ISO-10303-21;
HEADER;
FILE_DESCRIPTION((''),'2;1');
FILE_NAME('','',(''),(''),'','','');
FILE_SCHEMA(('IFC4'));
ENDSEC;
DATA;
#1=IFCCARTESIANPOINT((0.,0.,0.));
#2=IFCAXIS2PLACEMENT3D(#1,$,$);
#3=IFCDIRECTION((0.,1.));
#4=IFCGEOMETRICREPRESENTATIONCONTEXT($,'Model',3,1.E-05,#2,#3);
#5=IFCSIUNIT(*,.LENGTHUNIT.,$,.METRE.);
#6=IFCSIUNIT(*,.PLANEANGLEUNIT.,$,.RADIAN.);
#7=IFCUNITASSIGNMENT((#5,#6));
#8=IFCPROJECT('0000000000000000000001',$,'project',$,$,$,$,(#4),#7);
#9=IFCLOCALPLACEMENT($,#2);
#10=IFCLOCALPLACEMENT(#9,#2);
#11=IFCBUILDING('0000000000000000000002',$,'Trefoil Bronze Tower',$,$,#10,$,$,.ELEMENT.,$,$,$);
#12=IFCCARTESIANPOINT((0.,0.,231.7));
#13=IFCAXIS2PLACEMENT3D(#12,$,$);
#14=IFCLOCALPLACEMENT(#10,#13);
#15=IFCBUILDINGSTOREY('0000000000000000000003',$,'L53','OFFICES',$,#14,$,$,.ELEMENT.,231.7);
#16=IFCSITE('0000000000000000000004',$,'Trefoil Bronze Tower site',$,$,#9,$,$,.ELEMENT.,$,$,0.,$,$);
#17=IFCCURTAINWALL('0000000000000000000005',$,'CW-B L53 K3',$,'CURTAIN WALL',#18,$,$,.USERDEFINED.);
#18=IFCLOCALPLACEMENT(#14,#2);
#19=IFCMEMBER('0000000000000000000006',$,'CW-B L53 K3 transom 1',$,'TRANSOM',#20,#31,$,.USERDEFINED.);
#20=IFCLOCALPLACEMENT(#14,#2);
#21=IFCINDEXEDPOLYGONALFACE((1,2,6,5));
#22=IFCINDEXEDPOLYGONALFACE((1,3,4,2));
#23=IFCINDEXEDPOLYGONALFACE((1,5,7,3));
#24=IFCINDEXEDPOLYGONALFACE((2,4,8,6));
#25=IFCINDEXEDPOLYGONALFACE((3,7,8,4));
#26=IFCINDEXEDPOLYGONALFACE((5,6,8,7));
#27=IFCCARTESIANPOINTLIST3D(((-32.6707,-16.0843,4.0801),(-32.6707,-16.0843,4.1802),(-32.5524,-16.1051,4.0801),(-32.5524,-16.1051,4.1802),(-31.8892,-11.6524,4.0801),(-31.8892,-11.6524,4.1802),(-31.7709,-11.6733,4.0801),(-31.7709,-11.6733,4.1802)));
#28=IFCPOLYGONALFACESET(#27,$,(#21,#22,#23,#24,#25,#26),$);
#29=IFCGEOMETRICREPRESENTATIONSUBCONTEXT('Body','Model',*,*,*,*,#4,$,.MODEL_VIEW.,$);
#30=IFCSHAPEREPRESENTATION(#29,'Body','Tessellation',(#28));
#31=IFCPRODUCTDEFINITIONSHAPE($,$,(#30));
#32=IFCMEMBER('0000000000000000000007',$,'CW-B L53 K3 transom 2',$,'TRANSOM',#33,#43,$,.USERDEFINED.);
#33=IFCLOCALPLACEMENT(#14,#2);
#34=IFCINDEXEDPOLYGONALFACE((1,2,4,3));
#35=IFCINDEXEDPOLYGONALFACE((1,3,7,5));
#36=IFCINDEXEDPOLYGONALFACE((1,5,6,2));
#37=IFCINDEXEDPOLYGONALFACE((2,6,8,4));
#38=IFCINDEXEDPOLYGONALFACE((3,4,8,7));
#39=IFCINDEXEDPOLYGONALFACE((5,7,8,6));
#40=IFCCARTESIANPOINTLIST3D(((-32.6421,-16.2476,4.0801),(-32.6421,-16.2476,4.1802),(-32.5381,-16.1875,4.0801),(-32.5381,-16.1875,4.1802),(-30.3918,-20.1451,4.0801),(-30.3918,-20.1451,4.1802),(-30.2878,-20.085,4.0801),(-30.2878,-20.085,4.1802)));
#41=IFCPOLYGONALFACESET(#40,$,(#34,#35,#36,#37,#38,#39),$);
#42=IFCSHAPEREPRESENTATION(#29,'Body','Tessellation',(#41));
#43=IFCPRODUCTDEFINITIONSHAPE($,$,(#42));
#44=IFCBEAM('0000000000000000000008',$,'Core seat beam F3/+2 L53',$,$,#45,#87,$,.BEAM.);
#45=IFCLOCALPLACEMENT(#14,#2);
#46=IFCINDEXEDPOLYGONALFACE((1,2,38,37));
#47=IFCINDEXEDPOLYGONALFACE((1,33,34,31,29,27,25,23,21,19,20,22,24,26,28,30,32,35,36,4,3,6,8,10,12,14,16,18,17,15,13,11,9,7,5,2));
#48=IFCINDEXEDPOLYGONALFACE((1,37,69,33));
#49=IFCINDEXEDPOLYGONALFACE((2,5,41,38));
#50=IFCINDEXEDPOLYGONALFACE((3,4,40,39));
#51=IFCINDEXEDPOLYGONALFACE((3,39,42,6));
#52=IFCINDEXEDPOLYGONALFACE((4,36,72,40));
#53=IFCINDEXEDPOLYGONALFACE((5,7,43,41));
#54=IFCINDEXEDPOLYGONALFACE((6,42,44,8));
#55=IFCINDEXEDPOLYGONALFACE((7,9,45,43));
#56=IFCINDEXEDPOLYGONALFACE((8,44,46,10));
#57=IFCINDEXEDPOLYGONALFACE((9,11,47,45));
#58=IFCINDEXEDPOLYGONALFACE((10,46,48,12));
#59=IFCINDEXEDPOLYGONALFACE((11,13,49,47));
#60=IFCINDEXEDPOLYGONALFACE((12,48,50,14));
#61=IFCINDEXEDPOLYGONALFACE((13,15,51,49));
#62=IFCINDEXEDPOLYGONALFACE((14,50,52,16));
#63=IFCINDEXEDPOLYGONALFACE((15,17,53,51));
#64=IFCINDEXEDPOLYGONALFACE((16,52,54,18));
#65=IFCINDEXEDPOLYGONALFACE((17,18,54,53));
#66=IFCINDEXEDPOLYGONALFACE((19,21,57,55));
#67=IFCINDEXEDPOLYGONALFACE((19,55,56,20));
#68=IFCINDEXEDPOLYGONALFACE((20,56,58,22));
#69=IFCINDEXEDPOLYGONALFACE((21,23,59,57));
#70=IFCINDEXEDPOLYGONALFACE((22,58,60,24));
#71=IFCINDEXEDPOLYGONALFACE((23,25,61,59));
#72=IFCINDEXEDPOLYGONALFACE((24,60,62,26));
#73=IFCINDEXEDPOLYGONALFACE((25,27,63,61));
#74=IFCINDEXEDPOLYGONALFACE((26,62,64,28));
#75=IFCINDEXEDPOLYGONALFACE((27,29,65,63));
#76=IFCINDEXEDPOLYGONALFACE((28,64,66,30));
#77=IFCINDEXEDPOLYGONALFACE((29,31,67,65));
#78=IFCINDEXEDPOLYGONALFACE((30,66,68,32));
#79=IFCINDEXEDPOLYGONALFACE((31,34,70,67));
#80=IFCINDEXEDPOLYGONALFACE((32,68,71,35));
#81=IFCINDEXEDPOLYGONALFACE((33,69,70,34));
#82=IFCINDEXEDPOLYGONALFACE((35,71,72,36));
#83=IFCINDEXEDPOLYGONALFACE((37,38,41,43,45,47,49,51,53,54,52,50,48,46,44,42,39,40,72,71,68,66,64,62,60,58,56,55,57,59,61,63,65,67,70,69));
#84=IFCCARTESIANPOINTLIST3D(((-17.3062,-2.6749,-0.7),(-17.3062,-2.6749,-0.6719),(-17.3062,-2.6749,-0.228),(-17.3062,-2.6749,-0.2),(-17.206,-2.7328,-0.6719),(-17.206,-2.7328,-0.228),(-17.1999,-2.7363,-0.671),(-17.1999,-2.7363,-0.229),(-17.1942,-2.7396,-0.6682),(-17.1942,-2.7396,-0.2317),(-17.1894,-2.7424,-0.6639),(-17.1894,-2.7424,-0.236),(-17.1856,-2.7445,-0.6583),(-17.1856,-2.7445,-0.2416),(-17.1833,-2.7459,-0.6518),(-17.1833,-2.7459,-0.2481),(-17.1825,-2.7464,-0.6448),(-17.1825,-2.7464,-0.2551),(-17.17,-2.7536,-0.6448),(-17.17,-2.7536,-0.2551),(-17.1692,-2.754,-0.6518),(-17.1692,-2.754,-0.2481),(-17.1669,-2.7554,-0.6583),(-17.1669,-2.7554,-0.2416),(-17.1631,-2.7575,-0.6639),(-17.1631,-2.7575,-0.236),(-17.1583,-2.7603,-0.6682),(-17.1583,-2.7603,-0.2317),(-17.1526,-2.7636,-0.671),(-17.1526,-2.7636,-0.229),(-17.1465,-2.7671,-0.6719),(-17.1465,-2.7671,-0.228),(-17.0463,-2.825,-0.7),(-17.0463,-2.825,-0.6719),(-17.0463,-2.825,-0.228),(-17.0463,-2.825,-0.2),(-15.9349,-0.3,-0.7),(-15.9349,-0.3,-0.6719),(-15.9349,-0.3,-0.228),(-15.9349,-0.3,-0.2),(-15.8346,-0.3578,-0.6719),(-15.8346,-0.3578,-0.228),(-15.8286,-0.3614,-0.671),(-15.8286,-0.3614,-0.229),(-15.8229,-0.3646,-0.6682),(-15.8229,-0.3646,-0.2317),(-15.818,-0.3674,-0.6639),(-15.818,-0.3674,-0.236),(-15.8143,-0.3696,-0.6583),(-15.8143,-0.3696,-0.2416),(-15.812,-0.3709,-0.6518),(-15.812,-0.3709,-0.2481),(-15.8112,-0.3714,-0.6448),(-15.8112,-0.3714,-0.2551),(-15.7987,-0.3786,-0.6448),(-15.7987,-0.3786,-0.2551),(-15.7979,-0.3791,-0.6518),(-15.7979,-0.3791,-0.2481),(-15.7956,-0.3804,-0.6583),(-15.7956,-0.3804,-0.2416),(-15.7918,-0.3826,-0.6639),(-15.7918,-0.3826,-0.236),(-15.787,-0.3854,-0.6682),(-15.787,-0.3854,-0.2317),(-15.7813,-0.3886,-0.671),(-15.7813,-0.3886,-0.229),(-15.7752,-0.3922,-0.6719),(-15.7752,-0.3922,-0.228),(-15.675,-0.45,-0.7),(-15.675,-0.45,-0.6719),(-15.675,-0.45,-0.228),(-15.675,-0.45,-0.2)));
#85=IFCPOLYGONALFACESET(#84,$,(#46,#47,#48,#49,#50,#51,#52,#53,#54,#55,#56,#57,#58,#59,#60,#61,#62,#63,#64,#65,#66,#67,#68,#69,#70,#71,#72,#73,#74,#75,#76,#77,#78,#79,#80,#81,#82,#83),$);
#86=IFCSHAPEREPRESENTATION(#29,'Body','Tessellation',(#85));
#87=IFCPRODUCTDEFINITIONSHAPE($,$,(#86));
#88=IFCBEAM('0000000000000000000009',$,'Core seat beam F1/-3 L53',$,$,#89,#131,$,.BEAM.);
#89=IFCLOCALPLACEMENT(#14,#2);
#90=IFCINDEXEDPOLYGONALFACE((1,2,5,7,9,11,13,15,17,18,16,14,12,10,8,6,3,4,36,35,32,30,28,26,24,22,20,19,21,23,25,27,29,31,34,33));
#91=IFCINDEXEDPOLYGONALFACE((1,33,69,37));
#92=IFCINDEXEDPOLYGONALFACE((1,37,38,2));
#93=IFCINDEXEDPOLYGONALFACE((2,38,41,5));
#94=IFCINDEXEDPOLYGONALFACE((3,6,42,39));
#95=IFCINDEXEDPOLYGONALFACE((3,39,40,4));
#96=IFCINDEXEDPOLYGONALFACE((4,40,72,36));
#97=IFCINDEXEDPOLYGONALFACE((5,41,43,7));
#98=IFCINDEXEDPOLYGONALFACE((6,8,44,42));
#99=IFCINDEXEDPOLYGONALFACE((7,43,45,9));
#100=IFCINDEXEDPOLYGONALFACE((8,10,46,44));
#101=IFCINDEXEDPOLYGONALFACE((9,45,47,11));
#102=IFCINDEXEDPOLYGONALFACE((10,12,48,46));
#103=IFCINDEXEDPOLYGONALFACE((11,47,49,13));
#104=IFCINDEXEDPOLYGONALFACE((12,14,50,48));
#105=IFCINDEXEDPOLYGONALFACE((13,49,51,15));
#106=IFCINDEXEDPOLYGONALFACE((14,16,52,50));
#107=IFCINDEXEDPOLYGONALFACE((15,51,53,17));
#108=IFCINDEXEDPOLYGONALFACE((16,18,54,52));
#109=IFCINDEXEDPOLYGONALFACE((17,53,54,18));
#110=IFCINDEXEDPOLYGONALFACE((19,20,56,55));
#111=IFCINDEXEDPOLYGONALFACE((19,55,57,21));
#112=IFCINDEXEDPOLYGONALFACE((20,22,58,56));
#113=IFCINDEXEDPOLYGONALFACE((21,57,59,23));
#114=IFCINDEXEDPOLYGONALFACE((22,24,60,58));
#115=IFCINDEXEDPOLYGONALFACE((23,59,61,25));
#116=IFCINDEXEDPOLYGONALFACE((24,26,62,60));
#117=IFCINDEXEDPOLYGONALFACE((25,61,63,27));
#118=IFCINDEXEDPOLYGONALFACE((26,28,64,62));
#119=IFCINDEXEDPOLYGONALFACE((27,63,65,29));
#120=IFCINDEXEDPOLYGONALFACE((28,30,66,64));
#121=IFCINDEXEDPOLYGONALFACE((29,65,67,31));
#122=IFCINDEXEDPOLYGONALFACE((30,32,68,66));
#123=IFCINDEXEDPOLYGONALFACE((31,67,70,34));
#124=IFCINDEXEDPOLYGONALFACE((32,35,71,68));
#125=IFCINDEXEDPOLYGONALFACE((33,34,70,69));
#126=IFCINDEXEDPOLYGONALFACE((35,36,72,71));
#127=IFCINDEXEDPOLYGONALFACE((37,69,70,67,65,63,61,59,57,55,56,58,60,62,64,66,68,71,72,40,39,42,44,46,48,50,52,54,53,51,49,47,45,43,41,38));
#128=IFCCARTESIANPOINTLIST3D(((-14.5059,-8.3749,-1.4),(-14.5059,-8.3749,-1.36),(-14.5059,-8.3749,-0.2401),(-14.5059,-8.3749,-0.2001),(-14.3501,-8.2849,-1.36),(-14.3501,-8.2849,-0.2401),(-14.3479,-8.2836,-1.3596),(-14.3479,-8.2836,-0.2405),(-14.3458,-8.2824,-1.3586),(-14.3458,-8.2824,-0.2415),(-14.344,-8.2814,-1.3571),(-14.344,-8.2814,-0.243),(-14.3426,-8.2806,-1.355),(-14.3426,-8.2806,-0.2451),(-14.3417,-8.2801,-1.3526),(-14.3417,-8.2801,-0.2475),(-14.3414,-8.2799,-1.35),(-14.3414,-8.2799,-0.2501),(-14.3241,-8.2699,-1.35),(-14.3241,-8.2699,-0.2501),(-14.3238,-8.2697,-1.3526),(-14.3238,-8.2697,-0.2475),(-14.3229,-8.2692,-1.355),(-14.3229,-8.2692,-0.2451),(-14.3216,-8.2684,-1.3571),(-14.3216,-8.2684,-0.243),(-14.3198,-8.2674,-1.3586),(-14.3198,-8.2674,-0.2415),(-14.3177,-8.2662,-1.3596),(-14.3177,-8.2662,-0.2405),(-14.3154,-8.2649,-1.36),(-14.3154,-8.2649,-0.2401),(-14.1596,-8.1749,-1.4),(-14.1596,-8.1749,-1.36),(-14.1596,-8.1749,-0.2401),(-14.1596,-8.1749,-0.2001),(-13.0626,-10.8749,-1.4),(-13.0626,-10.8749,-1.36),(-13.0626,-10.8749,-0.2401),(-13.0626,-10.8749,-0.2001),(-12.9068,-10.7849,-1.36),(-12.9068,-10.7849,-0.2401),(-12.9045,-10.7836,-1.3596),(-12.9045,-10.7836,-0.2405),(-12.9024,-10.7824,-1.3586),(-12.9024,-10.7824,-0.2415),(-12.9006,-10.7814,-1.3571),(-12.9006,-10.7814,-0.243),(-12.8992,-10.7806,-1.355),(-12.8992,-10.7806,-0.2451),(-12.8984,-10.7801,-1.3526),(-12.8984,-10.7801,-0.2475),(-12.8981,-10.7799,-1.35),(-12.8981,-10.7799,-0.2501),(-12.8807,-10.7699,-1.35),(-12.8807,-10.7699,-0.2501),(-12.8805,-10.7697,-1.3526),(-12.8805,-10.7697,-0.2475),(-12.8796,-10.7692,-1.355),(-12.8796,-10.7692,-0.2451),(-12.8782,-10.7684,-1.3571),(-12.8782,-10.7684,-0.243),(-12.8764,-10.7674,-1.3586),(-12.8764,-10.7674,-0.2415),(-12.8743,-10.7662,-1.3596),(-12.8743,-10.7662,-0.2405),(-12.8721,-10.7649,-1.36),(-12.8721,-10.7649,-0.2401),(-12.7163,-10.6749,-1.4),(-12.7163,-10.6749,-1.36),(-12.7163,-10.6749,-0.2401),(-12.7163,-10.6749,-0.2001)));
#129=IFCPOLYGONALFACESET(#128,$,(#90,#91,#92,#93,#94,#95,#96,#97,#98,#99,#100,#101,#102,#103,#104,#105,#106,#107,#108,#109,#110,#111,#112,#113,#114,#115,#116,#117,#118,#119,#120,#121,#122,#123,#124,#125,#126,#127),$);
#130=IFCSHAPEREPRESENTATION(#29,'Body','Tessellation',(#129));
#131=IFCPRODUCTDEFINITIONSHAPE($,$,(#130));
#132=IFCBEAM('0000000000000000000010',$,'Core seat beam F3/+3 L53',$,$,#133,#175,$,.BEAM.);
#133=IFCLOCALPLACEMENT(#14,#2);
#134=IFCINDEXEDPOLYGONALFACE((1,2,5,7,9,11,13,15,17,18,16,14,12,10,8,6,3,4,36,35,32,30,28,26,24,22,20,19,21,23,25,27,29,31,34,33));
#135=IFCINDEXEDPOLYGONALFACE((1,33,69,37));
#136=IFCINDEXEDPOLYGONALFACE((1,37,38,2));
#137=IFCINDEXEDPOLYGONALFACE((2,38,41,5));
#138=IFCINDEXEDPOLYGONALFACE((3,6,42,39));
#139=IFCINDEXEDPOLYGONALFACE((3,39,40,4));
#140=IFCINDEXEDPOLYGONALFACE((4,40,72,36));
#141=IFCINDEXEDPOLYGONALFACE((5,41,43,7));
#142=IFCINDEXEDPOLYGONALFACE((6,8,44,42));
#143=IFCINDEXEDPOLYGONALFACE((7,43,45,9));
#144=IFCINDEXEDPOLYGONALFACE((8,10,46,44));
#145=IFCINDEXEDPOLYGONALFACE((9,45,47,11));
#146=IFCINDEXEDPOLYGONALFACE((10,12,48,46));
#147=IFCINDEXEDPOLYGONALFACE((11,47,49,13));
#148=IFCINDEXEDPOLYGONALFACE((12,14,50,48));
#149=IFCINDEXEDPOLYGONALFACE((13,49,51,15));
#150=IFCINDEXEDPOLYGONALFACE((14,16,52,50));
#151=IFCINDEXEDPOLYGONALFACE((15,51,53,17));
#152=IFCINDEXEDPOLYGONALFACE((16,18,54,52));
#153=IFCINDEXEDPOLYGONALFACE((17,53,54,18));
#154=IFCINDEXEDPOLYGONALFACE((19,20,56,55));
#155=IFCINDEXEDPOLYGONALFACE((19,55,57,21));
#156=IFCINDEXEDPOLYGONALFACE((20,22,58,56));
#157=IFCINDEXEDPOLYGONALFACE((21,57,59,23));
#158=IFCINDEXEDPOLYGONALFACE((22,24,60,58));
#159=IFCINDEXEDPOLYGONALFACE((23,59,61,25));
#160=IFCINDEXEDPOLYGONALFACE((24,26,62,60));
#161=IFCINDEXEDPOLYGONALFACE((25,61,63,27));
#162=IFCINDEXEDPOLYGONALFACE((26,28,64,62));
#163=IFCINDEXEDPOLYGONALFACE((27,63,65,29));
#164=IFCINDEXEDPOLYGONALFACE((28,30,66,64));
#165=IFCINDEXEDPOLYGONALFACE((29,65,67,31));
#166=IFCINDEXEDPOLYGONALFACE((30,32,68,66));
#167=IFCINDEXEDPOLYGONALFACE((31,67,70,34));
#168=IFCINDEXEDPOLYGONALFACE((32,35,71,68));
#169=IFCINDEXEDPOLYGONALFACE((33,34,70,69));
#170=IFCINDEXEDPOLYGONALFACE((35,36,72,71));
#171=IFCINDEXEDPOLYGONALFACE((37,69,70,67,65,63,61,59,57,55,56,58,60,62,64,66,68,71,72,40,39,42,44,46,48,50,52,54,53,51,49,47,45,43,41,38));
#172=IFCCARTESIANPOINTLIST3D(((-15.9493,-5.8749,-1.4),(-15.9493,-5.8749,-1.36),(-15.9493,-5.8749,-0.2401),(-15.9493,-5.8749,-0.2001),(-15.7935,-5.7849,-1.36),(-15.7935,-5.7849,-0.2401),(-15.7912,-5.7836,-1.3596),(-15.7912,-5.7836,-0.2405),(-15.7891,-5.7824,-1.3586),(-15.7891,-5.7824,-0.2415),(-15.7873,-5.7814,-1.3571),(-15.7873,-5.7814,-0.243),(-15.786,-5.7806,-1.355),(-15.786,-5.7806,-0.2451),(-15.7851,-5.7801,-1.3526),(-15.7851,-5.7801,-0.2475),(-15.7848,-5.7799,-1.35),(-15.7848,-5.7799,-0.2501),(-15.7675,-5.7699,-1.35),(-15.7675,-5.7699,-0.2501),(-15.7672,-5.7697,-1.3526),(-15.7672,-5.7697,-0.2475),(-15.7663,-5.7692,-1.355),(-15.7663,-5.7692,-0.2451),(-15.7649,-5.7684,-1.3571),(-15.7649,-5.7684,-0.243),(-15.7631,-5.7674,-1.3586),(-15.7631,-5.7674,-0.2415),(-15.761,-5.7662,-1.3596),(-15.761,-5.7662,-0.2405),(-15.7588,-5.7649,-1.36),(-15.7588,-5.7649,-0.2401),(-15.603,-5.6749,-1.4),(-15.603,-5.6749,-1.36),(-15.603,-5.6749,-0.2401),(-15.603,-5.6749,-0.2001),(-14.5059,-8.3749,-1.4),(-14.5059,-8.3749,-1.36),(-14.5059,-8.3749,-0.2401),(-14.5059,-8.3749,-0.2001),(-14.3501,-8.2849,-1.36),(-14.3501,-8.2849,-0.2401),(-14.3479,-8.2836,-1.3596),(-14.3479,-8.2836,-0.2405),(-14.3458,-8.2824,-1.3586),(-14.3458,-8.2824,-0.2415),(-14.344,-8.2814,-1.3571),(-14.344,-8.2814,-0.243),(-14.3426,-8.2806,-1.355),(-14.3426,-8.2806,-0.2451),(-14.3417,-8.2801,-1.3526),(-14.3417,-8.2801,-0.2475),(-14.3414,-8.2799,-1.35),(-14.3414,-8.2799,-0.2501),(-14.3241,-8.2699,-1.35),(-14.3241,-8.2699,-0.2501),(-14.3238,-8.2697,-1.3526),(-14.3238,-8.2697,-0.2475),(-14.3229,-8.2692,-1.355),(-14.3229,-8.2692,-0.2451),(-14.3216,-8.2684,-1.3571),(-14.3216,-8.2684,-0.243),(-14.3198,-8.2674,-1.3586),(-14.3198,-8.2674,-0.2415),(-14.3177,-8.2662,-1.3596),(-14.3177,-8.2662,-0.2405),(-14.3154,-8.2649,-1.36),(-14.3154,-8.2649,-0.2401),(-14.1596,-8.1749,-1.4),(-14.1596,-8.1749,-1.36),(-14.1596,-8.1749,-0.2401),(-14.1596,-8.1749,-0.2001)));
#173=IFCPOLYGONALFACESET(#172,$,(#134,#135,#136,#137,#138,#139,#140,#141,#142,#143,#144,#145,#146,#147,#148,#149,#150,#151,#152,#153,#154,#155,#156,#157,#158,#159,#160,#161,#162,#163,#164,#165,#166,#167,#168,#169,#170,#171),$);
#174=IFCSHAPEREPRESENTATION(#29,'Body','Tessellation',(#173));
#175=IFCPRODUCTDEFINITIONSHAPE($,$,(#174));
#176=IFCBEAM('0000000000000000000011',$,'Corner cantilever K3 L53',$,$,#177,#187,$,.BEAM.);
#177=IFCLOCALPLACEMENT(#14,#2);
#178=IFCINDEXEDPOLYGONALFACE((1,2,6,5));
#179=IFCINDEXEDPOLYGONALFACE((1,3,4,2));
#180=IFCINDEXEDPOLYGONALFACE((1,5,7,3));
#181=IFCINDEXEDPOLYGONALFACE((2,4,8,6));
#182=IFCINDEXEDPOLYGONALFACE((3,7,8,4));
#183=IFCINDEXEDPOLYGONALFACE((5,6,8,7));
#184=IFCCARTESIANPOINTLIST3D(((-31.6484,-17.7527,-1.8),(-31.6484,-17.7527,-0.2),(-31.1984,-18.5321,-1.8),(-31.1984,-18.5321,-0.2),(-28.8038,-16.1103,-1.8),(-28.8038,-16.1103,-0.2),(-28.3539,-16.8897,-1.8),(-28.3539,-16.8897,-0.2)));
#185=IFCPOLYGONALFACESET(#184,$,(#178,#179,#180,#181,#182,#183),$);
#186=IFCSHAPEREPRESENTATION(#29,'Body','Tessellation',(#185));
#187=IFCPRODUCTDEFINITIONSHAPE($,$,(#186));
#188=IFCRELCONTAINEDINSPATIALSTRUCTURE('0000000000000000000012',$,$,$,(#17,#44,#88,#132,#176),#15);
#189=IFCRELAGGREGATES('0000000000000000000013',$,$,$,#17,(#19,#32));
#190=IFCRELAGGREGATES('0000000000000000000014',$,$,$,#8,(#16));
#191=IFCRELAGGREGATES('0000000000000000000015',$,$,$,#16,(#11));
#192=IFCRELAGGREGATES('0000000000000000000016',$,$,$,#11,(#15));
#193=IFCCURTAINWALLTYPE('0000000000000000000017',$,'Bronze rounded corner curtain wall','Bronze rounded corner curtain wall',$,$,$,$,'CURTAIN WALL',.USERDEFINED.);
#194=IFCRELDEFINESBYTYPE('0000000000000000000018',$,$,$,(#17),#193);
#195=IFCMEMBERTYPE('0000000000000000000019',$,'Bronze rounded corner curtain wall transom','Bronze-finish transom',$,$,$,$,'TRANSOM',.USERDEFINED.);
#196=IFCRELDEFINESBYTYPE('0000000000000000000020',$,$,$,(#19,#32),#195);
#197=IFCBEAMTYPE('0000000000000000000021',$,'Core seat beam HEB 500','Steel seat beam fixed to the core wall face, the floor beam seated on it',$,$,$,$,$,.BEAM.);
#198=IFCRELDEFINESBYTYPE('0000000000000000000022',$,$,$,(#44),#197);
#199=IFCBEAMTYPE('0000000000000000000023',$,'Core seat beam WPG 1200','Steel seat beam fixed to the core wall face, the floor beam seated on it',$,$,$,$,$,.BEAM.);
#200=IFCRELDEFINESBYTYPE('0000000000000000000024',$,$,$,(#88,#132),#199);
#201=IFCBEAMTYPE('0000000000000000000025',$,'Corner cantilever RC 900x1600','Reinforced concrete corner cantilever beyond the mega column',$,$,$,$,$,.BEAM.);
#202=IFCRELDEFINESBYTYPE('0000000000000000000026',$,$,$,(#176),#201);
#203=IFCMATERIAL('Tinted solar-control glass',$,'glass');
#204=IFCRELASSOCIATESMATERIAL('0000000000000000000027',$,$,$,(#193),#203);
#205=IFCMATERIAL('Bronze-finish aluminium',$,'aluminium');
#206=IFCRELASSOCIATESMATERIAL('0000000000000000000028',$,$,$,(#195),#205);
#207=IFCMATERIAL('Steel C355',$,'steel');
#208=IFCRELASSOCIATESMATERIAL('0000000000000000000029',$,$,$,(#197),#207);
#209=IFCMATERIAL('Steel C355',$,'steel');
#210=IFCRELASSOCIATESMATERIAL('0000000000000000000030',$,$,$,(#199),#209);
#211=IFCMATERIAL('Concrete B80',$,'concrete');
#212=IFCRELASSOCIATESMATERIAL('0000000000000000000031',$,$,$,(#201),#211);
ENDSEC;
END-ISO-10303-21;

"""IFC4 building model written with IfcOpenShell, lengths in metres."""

from ifc_helpers import new_model, si_unit, direction, frame, origin, origin_2d, place, context, subcontext, project, spatial, rectangle, i_section, extrude, material, material_profile, profile_set, type_object, element, aggregate, save


model = new_model("IFC4")

# Units and contexts
model_context = context("Model", 3, precision=1e-05, world=origin(), true_north=direction((0.0, 1.0)))
body_context = subcontext(model_context, "Body", "Model", "MODEL_VIEW")
ifc_project = project(units=[si_unit("LENGTHUNIT", "METRE"), si_unit("PLANEANGLEUNIT", "RADIAN")], contexts=[model_context])

# Site, building, storey
site_placement = place(None, origin())
site = spatial("IfcSite", under=ifc_project, at=site_placement, Name="Trefoil Bronze Tower site", CompositionType="ELEMENT", RefElevation=0.0)
building_placement = place(site_placement, origin())
building = spatial("IfcBuilding", under=site, at=building_placement, Name="Trefoil Bronze Tower", CompositionType="ELEMENT")
storey_placement = place(building_placement, frame((0.0, 0.0, 231.7)))
storey = spatial("IfcBuildingStorey", under=building, at=storey_placement, Name="L53", Description="OFFICES", CompositionType="ELEMENT", Elevation=231.7)

# Curtain wall, members
ifc_material_1 = material(Name="Tinted solar-control glass", Category="glass")
curtain_wall_type_1 = type_object("IfcCurtainWallType", Name="Bronze rounded corner curtain wall", Description="Bronze rounded corner curtain wall", ElementType="CURTAIN WALL", PredefinedType="USERDEFINED", material=ifc_material_1)
curtain_wall_1_placement = place(storey_placement, origin())
curtain_wall_1 = element("IfcCurtainWall", 1, at=curtain_wall_1_placement, inside=storey, type_object=curtain_wall_type_1, Name="CW-B L53 K3", ObjectType="CURTAIN WALL", PredefinedType="USERDEFINED")
ifc_material_2 = material(Name="Bronze-finish aluminium", Category="aluminium")
ifc_material_profile_1 = material_profile(ifc_material_2, rectangle(XDim=0.1201, YDim=0.1001, at=origin_2d()), Name="CW-B transom")
ifc_profile_set_1 = profile_set([ifc_material_profile_1], Name="Bronze-finish aluminium")
member_type_1 = type_object("IfcMemberType", Name="Bronze rounded corner curtain wall transom", Description="Bronze-finish transom", ElementType="TRANSOM", PredefinedType="USERDEFINED", material=ifc_profile_set_1)
member_1_placement = place(storey_placement, frame((-31.8301, -11.6628, 4.1301), z_axis=(-0.173655, -0.984806, 0.0), x_axis=(0.984806, -0.173655, 0.0)))
member_1 = element("IfcMember", 2, at=member_1_placement, type_object=member_type_1, Name="CW-B L53 K3 transom 1", ObjectType="TRANSOM", PredefinedType="USERDEFINED", context=body_context, shape_type="SweptSolid", body=[
    extrude(rectangle(XDim=0.1201, YDim=0.1001, at=origin_2d()), origin(), (0.0, 0.0, 1.0), 4.5002),
])
member_2_placement = place(storey_placement, frame((-32.5901, -16.2175, 4.1301), z_axis=(0.500007, -0.866021, 0.0), x_axis=(0.866021, 0.500007, 0.0)))
member_2 = element("IfcMember", 3, at=member_2_placement, type_object=member_type_1, Name="CW-B L53 K3 transom 2", ObjectType="TRANSOM", PredefinedType="USERDEFINED", context=body_context, shape_type="SweptSolid", body=[
    extrude(rectangle(XDim=0.1201, YDim=0.1001, at=origin_2d()), origin(), (0.0, 0.0, 1.0), 4.5005),
])

# Beams
ifc_material_3 = material(Name="Steel C355", Category="steel")
ifc_material_profile_2 = material_profile(ifc_material_3, i_section(OverallWidth=0.3, OverallDepth=0.5, WebThickness=0.0144, FlangeThickness=0.0281, FilletRadius=0.0271, at=origin_2d()), Name="HEB 500")
ifc_profile_set_2 = profile_set([ifc_material_profile_2], Name="Steel C355")
beam_type_1 = type_object("IfcBeamType", Name="Core seat beam HEB 500", Description="Steel seat beam fixed to the core wall face, the floor beam seated on it", PredefinedType="BEAM", material=ifc_profile_set_2)
beam_1_placement = place(storey_placement, frame((-15.8049, -0.375, -0.45), z_axis=(-0.500036, -0.866005, 0.0), x_axis=(0.866005, -0.500036, 0.0)))
element("IfcBeam", 4, at=beam_1_placement, inside=storey, type_object=beam_type_1, Name="Core seat beam F3/+2 L53", PredefinedType="BEAM", context=body_context, shape_type="SweptSolid", body=[
    extrude(i_section(OverallWidth=0.3, OverallDepth=0.5, WebThickness=0.0144, FlangeThickness=0.0281, FilletRadius=0.0271, at=origin_2d()), origin(), (0.0, 0.0, 1.0), 2.7424),
])
ifc_material_4 = material(Name="Steel C355", Category="steel")
ifc_material_profile_3 = material_profile(ifc_material_4, i_section(OverallWidth=0.3999, OverallDepth=1.2, WebThickness=0.02, FlangeThickness=0.04, FilletRadius=0.01, at=origin_2d()), Name="WPG 1200")
ifc_profile_set_3 = profile_set([ifc_material_profile_3], Name="Steel C355")
beam_type_2 = type_object("IfcBeamType", Name="Core seat beam WPG 1200", Description="Steel seat beam fixed to the core wall face, the floor beam seated on it", PredefinedType="BEAM", material=ifc_profile_set_3)
for number, where, z_axis, x_axis, name in (
    (5, (-14.3328, -8.2749, -0.8), (0.499996, -0.866028, 0.0), (0.866028, 0.499996, 0.0), "Core seat beam F1/-3 L53"),
    (6, (-15.7761, -5.7749, -0.8), (0.499996, -0.866028, 0.0), (0.866028, 0.499996, 0.0), "Core seat beam F3/+3 L53"),
):
    element("IfcBeam", number, at=place(storey_placement, frame(where, z_axis=z_axis, x_axis=x_axis)), inside=storey, type_object=beam_type_2, Name=name, PredefinedType="BEAM", context=body_context, shape_type="SweptSolid", body=[
        extrude(i_section(OverallWidth=0.3999, OverallDepth=1.2, WebThickness=0.02, FlangeThickness=0.04, FilletRadius=0.01, at=origin_2d()), origin(), (0.0, 0.0, 1.0), 2.8867),
    ])
ifc_material_5 = material(Name="Concrete B80", Category="concrete")
ifc_material_profile_4 = material_profile(ifc_material_5, rectangle(XDim=0.8999, YDim=1.6001, at=origin_2d()), Name="RC 900x1600")
ifc_profile_set_4 = profile_set([ifc_material_profile_4], Name="Concrete B80")
beam_type_3 = type_object("IfcBeamType", Name="Corner cantilever RC 900x1600", Description="Reinforced concrete corner cantilever beyond the mega column", PredefinedType="BEAM", material=ifc_profile_set_4)
beam_2_placement = place(storey_placement, frame((-28.5789, -16.5, -1.0), z_axis=(-0.866016, -0.500016, 0.0), x_axis=(0.500016, -0.866016, 0.0)))
element("IfcBeam", 7, at=beam_2_placement, inside=storey, type_object=beam_type_3, Name="Corner cantilever K3 L53", PredefinedType="BEAM", context=body_context, shape_type="SweptSolid", body=[
    extrude(rectangle(XDim=0.8999, YDim=1.6001, at=origin_2d()), origin(), (0.0, 0.0, 1.0), 3.2847),
])

aggregate(curtain_wall_1, [member_1, member_2])

save(model, "model.ifc")
